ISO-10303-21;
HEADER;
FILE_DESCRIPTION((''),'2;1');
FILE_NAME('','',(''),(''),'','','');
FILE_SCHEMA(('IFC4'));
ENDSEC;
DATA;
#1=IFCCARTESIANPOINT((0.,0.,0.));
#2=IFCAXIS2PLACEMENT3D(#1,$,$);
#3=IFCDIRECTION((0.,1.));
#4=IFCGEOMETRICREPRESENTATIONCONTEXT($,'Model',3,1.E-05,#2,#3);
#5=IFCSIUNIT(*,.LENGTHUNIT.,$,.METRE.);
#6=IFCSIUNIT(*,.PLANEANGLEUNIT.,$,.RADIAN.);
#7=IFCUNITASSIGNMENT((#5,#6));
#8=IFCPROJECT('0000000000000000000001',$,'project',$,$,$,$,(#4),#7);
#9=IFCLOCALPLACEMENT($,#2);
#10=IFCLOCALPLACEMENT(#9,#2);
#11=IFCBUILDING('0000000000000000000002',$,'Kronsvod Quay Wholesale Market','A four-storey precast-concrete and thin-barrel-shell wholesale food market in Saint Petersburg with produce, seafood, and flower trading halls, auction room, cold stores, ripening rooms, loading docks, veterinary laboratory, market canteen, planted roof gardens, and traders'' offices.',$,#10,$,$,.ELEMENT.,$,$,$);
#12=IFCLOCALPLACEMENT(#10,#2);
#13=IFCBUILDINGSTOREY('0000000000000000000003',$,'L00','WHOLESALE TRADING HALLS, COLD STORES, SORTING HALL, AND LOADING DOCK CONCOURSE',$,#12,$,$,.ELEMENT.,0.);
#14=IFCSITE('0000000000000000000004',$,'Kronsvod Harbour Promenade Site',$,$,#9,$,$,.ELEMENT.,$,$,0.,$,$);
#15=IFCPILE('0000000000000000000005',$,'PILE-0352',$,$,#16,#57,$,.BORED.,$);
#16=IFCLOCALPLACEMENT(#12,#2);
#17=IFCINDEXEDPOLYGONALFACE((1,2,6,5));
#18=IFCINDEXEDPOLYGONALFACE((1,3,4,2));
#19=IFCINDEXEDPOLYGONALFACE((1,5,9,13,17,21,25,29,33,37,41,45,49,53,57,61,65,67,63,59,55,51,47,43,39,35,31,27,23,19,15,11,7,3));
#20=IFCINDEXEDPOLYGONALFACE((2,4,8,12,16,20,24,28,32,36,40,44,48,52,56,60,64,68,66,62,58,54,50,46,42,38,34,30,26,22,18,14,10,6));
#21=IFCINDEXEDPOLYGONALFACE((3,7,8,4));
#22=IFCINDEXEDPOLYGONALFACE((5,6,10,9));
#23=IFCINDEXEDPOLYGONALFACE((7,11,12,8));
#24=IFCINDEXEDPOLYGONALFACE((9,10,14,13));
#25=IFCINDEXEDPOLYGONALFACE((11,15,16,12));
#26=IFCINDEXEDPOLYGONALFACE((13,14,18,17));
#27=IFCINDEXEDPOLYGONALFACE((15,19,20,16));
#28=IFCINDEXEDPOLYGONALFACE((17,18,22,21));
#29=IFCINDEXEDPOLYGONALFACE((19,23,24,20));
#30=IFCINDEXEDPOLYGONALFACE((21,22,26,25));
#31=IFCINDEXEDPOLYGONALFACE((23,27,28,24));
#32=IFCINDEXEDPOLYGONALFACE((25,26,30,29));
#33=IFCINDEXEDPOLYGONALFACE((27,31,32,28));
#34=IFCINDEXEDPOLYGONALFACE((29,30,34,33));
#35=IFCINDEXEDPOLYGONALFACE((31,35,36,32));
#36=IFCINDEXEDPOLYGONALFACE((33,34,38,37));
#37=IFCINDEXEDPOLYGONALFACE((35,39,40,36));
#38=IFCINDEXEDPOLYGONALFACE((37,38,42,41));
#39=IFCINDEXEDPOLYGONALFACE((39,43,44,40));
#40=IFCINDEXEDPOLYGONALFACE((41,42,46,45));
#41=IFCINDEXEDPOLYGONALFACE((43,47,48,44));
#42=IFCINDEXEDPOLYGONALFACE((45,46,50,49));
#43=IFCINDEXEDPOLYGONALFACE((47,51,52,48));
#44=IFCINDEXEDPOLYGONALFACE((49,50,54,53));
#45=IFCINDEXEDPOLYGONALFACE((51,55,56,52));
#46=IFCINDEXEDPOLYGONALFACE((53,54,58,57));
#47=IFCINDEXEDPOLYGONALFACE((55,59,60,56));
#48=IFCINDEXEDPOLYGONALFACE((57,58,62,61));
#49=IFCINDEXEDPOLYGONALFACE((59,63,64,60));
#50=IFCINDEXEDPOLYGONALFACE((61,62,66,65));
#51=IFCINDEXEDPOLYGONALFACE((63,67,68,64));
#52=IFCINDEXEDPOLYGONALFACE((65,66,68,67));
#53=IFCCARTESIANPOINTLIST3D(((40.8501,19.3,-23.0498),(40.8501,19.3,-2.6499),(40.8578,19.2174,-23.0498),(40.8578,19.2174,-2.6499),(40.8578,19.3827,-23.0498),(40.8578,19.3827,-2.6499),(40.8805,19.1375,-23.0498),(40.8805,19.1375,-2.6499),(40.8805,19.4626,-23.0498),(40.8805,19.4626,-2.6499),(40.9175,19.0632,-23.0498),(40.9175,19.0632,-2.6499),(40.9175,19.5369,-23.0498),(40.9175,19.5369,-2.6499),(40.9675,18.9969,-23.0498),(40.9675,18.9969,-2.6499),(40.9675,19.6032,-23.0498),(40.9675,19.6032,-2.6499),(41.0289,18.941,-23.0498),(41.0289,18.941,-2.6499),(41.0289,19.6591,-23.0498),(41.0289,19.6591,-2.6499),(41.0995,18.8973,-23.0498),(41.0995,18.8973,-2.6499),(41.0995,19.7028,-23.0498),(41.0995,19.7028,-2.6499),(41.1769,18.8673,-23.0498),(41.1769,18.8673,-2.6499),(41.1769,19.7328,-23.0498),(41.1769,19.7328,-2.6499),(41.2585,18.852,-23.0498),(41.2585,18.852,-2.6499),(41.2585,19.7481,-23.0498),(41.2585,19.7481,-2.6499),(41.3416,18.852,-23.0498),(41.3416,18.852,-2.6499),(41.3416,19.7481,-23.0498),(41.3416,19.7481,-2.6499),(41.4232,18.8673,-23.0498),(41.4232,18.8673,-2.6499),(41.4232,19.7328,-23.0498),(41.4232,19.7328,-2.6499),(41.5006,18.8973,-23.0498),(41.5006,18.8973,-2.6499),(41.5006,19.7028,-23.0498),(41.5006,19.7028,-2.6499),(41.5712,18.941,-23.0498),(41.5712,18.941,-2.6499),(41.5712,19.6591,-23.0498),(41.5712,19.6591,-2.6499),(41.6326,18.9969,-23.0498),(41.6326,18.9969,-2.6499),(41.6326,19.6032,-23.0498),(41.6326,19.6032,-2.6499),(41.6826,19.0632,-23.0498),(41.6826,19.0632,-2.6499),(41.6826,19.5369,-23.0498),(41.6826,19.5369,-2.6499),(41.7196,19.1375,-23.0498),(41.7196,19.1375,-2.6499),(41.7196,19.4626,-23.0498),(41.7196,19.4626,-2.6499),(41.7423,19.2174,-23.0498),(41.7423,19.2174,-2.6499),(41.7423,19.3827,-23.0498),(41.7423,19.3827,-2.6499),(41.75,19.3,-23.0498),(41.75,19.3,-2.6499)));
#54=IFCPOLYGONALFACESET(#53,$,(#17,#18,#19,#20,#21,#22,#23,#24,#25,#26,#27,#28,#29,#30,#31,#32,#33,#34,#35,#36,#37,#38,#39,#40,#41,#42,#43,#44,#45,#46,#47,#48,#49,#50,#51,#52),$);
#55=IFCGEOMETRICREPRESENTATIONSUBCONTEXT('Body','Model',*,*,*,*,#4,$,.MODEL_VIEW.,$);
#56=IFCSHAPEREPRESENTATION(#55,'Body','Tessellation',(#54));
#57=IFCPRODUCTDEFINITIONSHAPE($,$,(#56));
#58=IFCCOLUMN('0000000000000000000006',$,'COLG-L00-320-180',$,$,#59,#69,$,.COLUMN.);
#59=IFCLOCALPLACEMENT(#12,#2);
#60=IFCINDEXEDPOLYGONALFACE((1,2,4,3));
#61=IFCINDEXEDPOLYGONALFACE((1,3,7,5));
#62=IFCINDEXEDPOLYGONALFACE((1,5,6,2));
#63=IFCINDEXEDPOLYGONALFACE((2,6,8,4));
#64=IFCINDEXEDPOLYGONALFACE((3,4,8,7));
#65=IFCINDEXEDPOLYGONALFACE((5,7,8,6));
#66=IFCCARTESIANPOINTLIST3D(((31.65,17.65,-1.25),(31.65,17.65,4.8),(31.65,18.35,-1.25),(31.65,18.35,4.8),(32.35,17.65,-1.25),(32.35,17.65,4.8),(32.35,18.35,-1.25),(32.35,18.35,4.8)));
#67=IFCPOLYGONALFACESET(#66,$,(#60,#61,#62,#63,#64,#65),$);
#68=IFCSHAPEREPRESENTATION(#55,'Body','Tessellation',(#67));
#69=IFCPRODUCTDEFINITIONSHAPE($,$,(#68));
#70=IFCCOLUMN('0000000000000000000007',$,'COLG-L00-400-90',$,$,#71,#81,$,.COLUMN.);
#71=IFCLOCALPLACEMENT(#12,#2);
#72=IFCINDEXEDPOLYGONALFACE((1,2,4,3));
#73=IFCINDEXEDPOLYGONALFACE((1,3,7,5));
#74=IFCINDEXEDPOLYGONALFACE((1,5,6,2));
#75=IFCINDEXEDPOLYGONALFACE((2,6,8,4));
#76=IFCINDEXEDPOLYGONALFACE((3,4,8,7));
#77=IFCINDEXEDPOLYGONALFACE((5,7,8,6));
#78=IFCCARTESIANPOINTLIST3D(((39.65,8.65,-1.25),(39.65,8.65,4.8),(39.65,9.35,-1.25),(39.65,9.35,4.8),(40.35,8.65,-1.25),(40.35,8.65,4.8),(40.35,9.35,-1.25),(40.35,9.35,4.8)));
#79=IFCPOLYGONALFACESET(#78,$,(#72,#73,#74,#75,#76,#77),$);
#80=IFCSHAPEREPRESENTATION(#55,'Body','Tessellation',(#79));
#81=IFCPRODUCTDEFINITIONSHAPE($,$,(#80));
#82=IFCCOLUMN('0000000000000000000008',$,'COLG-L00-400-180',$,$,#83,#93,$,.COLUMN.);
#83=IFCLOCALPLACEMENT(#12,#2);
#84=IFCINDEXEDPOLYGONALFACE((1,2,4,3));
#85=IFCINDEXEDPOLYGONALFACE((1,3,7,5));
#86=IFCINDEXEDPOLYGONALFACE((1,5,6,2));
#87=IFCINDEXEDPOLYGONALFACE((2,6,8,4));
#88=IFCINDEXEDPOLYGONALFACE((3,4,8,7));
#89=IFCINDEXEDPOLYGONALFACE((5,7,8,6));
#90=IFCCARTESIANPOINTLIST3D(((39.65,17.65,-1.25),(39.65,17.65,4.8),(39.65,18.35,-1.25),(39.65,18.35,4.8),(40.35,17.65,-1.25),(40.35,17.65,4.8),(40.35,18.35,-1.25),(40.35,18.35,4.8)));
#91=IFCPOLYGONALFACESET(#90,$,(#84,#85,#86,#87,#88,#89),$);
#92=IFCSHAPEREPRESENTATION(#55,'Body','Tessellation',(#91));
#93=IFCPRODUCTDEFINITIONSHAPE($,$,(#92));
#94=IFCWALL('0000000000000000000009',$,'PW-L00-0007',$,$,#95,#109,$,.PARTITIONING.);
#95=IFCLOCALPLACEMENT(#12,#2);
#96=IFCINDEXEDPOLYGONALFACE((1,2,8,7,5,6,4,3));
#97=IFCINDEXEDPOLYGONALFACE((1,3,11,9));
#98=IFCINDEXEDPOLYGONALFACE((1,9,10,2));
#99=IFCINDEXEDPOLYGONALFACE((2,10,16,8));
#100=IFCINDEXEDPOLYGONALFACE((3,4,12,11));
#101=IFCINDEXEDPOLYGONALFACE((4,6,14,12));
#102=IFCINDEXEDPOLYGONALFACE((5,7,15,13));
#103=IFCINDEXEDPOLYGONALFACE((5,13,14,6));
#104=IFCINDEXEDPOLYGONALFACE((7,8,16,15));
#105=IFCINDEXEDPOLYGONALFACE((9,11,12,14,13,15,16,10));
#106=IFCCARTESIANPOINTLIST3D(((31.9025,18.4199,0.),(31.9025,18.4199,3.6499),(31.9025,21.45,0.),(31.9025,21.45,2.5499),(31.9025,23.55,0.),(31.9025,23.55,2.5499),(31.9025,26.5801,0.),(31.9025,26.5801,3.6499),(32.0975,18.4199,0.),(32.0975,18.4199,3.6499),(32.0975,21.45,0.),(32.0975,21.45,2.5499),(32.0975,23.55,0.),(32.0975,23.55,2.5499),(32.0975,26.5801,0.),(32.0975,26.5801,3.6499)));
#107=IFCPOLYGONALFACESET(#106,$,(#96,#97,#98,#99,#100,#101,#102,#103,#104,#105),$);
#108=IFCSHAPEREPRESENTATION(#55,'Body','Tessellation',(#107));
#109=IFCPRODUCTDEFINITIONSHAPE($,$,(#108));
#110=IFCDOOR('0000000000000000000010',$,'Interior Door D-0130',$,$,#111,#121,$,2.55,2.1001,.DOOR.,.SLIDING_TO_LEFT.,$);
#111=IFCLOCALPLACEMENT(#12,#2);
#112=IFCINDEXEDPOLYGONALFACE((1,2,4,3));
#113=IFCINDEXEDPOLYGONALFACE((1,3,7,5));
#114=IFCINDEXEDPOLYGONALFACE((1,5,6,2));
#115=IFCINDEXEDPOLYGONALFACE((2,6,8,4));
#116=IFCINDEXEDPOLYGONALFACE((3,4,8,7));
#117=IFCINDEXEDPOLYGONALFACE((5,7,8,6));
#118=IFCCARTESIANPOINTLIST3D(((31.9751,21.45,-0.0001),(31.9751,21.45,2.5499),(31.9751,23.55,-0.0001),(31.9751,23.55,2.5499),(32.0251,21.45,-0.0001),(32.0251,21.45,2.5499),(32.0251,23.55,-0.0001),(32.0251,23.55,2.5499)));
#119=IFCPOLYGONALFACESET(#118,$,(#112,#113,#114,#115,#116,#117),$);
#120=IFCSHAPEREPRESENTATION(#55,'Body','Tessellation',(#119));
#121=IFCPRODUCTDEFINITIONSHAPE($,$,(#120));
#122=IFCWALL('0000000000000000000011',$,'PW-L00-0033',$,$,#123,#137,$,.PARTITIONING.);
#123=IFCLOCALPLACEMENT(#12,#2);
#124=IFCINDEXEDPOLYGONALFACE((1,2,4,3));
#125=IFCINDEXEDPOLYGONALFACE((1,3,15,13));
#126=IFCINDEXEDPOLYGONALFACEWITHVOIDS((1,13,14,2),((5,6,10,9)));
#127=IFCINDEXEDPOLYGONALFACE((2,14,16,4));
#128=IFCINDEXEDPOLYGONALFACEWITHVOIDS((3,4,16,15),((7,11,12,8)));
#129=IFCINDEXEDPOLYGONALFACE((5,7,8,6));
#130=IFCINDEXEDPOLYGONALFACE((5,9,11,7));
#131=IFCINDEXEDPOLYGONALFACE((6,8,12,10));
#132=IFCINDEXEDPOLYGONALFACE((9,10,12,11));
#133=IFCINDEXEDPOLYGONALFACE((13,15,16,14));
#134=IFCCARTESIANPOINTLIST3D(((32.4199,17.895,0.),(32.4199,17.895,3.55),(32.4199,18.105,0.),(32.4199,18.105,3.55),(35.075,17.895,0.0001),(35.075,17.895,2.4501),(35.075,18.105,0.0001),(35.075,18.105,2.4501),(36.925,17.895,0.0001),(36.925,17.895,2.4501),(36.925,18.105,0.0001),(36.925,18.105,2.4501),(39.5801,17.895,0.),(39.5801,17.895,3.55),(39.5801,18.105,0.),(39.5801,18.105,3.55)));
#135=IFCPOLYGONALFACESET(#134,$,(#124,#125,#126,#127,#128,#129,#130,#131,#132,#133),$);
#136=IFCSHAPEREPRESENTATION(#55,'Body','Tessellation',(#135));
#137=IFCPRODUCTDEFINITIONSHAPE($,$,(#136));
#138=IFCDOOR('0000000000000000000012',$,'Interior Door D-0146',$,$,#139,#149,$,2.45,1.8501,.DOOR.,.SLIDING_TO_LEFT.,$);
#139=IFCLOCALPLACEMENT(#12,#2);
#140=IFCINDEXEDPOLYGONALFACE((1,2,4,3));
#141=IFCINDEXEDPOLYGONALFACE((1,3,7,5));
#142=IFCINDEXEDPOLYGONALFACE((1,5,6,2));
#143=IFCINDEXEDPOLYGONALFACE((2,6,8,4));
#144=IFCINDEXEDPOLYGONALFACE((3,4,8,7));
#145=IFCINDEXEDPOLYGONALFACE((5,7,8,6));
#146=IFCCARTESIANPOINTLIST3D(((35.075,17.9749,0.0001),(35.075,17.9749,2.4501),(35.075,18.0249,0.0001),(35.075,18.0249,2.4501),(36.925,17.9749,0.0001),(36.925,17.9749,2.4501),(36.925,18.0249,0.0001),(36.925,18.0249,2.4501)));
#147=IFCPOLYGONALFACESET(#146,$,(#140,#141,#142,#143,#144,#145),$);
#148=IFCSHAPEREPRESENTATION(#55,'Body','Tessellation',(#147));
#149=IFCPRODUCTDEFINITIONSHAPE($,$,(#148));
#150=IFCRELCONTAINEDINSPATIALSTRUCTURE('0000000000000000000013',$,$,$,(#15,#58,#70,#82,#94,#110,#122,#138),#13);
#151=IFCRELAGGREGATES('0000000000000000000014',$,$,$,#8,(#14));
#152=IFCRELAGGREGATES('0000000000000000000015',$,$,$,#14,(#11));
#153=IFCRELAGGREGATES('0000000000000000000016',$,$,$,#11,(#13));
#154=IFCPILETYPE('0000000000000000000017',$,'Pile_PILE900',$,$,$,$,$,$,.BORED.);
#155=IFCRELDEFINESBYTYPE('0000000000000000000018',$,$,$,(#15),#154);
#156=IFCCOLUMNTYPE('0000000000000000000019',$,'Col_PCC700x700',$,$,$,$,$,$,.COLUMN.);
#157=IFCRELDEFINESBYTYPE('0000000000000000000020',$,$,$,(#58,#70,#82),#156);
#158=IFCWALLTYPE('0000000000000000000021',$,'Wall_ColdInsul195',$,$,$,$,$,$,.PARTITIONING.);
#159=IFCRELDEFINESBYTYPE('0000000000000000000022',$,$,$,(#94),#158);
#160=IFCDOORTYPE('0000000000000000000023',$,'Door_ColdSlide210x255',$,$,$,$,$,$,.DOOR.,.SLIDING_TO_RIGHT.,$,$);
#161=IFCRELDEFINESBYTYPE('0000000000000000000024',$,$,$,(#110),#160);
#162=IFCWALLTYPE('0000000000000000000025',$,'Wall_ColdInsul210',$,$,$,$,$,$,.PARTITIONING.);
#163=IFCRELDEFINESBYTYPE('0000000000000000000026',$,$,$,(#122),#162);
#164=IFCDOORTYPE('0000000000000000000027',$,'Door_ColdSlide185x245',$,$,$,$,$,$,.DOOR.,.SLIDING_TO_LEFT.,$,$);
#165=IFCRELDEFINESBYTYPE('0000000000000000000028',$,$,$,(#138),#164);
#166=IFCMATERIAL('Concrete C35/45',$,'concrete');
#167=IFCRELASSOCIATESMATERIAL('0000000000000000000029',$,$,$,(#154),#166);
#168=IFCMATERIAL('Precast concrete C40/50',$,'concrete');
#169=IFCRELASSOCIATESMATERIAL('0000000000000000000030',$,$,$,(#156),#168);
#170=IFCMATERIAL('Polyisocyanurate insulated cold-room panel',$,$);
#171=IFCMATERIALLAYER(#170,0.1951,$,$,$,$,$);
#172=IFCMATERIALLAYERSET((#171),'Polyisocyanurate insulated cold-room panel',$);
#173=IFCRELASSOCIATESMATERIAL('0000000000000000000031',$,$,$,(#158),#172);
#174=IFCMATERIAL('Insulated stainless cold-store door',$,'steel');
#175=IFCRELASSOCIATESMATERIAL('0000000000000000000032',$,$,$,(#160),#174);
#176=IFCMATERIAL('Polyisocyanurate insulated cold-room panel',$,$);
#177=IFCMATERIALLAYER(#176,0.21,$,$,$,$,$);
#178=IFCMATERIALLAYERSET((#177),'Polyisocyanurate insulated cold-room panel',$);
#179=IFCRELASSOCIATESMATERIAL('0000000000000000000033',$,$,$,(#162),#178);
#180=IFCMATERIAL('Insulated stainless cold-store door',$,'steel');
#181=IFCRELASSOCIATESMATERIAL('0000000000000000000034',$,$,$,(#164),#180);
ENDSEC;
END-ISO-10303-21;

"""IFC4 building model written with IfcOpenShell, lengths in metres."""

from ifc_helpers import new_model, si_unit, direction, frame, frame_2d, origin, origin_2d, place, context, subcontext, project, spatial, rectangle, circle, extrude, material, layer, layer_set, material_profile, profile_set, type_object, element, fill, save


model = new_model("IFC4")

# Units and contexts
model_context = context("Model", 3, precision=1e-05, world=origin(), true_north=direction((0.0, 1.0)))
body_context = subcontext(model_context, "Body", "Model", "MODEL_VIEW")
ifc_project = project(units=[si_unit("LENGTHUNIT", "METRE"), si_unit("PLANEANGLEUNIT", "RADIAN")], contexts=[model_context])

# Site, building, storey
site_placement = place(None, origin())
site = spatial("IfcSite", under=ifc_project, at=site_placement, Name="Kronsvod Harbour Promenade Site", CompositionType="ELEMENT", RefElevation=0.0)
building_placement = place(site_placement, origin())
building = spatial("IfcBuilding", under=site, at=building_placement, Name="Kronsvod Quay Wholesale Market", Description="A four-storey precast-concrete and thin-barrel-shell wholesale food market in Saint Petersburg with produce, seafood, and flower trading halls, auction room, cold stores, ripening rooms, loading docks, veterinary laboratory, market canteen, planted roof gardens, and traders' offices.", CompositionType="ELEMENT")
storey_placement = place(building_placement, origin())
storey = spatial("IfcBuildingStorey", under=building, at=storey_placement, Name="L00", Description="WHOLESALE TRADING HALLS, COLD STORES, SORTING HALL, AND LOADING DOCK CONCOURSE", CompositionType="ELEMENT", Elevation=0.0)

# Pile
ifc_material_1 = material(Name="Concrete C35/45", Category="concrete")
ifc_material_profile_1 = material_profile(ifc_material_1, circle(Radius=0.45, at=origin_2d()), Name="PILE900")
ifc_profile_set_1 = profile_set([ifc_material_profile_1], Name="Concrete C35/45")
pile_type_1 = type_object("IfcPileType", Name="Pile_PILE900", PredefinedType="BORED", material=ifc_profile_set_1)
for number, where, z_axis, x_axis, name in (
    (1, (41.3, 19.3, -2.6499), (0.0, 0.0, -1.0), (1.0, 0.0, 0.0), "PILE-0352"),
):
    element("IfcPile", number, at=place(storey_placement, frame(where, z_axis=z_axis, x_axis=x_axis)), inside=storey, type_object=pile_type_1, Name=name, PredefinedType="BORED", context=body_context, shape_type="SweptSolid", body=[
        extrude(circle(Radius=0.45, at=origin_2d()), origin(), (0.0, 0.0, 1.0), 20.3999),
    ])

# Columns
ifc_material_2 = material(Name="Precast concrete C40/50", Category="concrete")
ifc_material_profile_2 = material_profile(ifc_material_2, rectangle(XDim=0.7, YDim=0.7, at=origin_2d()), Name="PCC700x700")
ifc_profile_set_2 = profile_set([ifc_material_profile_2], Name="Precast concrete C40/50")
column_type = type_object("IfcColumnType", Name="Col_PCC700x700", PredefinedType="COLUMN", material=ifc_profile_set_2)
for number, where, z_axis, x_axis, name in (
    (2, (32.0, 18.0, -1.25), (0.0, 0.0, 1.0), (1.0, 0.0, 0.0), "COLG-L00-320-180"),
    (3, (40.0, 9.0, -1.25), (0.0, 0.0, 1.0), (1.0, 0.0, 0.0), "COLG-L00-400-90"),
    (4, (40.0, 18.0, -1.25), (0.0, 0.0, 1.0), (1.0, 0.0, 0.0), "COLG-L00-400-180"),
):
    element("IfcColumn", number, at=place(storey_placement, frame(where, z_axis=z_axis, x_axis=x_axis)), inside=storey, type_object=column_type, Name=name, PredefinedType="COLUMN", context=body_context, shape_type="SweptSolid", body=[
        extrude(rectangle(XDim=0.7, YDim=0.7, at=origin_2d()), origin(), (0.0, 0.0, 1.0), 6.05),
    ])

# Walls, openings, doors
ifc_material_3 = material(Name="Polyisocyanurate insulated cold-room panel")
ifc_layer_1 = layer(ifc_material_3, 0.1951)
ifc_layer_set_1 = layer_set([ifc_layer_1], Name="Polyisocyanurate insulated cold-room panel")
wall_type_1 = type_object("IfcWallType", Name="Wall_ColdInsul195", PredefinedType="PARTITIONING", material=ifc_layer_set_1)
wall_1_placement = place(storey_placement, frame((32.0, 18.4199, 0.0), z_axis=(0.0, 0.0, 1.0), x_axis=(0.0, 1.0, 0.0)))
wall_1 = element("IfcWall", 5, at=wall_1_placement, inside=storey, type_object=wall_type_1, Name="PW-L00-0007", PredefinedType="PARTITIONING", context=body_context, shape_type="SweptSolid", body=[
    extrude(rectangle(XDim=8.1602, YDim=0.1951, at=frame_2d((4.0801, 0.0))), origin(), (0.0, 0.0, 1.0), 3.6499),
])
opening_1_placement = place(wall_1_placement, frame((3.03, 0.0, 0.0)))
opening_1 = element("IfcOpeningElement", 6, at=opening_1_placement, cuts=wall_1, PredefinedType="OPENING", context=body_context, shape_type="SweptSolid", body=[
    extrude(rectangle(XDim=2.1001, YDim=2.55, at=frame_2d((1.05, 1.2749))), frame((0.0, 0.1074, 0.0), z_axis=(0.0, -1.0, 0.0), x_axis=(1.0, 0.0, 0.0)), (0.0, 0.0, 1.0), 0.2151),
])
ifc_material_4 = material(Name="Insulated stainless cold-store door", Category="steel")
door_type_1 = type_object("IfcDoorType", Name="Door_ColdSlide210x255", OperationType="SLIDING_TO_RIGHT", PredefinedType="DOOR", material=ifc_material_4)
door_1_placement = place(opening_1_placement, origin())
door_1 = element("IfcDoor", 7, at=door_1_placement, inside=storey, type_object=door_type_1, Name="Interior Door D-0130", OperationType="SLIDING_TO_LEFT", OverallHeight=2.55, OverallWidth=2.1001, PredefinedType="DOOR", context=body_context, shape_type="SweptSolid", body=[
    extrude(rectangle(XDim=2.1001, YDim=2.55, at=frame_2d((1.05, 1.2749))), frame((0.0, 0.0249, 0.0), z_axis=(0.0, -1.0, 0.0), x_axis=(1.0, 0.0, 0.0)), (0.0, 0.0, 1.0), 0.05),
])
fill(opening_1, door_1)
ifc_material_5 = material(Name="Polyisocyanurate insulated cold-room panel")
ifc_layer_2 = layer(ifc_material_5, 0.21)
ifc_layer_set_2 = layer_set([ifc_layer_2], Name="Polyisocyanurate insulated cold-room panel")
wall_type_2 = type_object("IfcWallType", Name="Wall_ColdInsul210", PredefinedType="PARTITIONING", material=ifc_layer_set_2)
wall_2_placement = place(storey_placement, frame((32.4199, 18.0, 0.0), z_axis=(0.0, 0.0, 1.0), x_axis=(1.0, 0.0, 0.0)))
wall_2 = element("IfcWall", 8, at=wall_2_placement, inside=storey, type_object=wall_type_2, Name="PW-L00-0033", PredefinedType="PARTITIONING", context=body_context, shape_type="SweptSolid", body=[
    extrude(rectangle(XDim=7.1602, YDim=0.21, at=frame_2d((3.5801, 0.0))), origin(), (0.0, 0.0, 1.0), 3.55),
])
opening_2_placement = place(wall_2_placement, frame((2.655, 0.0, 0.0)))
opening_2 = element("IfcOpeningElement", 9, at=opening_2_placement, cuts=wall_2, PredefinedType="OPENING", context=body_context, shape_type="SweptSolid", body=[
    extrude(rectangle(XDim=1.8501, YDim=2.45, at=frame_2d((0.925, 1.2251))), frame((0.0, 0.115, 0.0), z_axis=(0.0, -1.0, 0.0), x_axis=(1.0, 0.0, 0.0)), (0.0, 0.0, 1.0), 0.23),
])
ifc_material_6 = material(Name="Insulated stainless cold-store door", Category="steel")
door_type_2 = type_object("IfcDoorType", Name="Door_ColdSlide185x245", OperationType="SLIDING_TO_LEFT", PredefinedType="DOOR", material=ifc_material_6)
door_2_placement = place(opening_2_placement, origin())
door_2 = element("IfcDoor", 10, at=door_2_placement, inside=storey, type_object=door_type_2, Name="Interior Door D-0146", OperationType="SLIDING_TO_LEFT", OverallHeight=2.45, OverallWidth=1.8501, PredefinedType="DOOR", context=body_context, shape_type="SweptSolid", body=[
    extrude(rectangle(XDim=1.8501, YDim=2.45, at=frame_2d((0.925, 1.2251))), frame((0.0, 0.0249, 0.0), z_axis=(0.0, -1.0, 0.0), x_axis=(1.0, 0.0, 0.0)), (0.0, 0.0, 1.0), 0.05),
])
fill(opening_2, door_2)

save(model, "model.ifc")
